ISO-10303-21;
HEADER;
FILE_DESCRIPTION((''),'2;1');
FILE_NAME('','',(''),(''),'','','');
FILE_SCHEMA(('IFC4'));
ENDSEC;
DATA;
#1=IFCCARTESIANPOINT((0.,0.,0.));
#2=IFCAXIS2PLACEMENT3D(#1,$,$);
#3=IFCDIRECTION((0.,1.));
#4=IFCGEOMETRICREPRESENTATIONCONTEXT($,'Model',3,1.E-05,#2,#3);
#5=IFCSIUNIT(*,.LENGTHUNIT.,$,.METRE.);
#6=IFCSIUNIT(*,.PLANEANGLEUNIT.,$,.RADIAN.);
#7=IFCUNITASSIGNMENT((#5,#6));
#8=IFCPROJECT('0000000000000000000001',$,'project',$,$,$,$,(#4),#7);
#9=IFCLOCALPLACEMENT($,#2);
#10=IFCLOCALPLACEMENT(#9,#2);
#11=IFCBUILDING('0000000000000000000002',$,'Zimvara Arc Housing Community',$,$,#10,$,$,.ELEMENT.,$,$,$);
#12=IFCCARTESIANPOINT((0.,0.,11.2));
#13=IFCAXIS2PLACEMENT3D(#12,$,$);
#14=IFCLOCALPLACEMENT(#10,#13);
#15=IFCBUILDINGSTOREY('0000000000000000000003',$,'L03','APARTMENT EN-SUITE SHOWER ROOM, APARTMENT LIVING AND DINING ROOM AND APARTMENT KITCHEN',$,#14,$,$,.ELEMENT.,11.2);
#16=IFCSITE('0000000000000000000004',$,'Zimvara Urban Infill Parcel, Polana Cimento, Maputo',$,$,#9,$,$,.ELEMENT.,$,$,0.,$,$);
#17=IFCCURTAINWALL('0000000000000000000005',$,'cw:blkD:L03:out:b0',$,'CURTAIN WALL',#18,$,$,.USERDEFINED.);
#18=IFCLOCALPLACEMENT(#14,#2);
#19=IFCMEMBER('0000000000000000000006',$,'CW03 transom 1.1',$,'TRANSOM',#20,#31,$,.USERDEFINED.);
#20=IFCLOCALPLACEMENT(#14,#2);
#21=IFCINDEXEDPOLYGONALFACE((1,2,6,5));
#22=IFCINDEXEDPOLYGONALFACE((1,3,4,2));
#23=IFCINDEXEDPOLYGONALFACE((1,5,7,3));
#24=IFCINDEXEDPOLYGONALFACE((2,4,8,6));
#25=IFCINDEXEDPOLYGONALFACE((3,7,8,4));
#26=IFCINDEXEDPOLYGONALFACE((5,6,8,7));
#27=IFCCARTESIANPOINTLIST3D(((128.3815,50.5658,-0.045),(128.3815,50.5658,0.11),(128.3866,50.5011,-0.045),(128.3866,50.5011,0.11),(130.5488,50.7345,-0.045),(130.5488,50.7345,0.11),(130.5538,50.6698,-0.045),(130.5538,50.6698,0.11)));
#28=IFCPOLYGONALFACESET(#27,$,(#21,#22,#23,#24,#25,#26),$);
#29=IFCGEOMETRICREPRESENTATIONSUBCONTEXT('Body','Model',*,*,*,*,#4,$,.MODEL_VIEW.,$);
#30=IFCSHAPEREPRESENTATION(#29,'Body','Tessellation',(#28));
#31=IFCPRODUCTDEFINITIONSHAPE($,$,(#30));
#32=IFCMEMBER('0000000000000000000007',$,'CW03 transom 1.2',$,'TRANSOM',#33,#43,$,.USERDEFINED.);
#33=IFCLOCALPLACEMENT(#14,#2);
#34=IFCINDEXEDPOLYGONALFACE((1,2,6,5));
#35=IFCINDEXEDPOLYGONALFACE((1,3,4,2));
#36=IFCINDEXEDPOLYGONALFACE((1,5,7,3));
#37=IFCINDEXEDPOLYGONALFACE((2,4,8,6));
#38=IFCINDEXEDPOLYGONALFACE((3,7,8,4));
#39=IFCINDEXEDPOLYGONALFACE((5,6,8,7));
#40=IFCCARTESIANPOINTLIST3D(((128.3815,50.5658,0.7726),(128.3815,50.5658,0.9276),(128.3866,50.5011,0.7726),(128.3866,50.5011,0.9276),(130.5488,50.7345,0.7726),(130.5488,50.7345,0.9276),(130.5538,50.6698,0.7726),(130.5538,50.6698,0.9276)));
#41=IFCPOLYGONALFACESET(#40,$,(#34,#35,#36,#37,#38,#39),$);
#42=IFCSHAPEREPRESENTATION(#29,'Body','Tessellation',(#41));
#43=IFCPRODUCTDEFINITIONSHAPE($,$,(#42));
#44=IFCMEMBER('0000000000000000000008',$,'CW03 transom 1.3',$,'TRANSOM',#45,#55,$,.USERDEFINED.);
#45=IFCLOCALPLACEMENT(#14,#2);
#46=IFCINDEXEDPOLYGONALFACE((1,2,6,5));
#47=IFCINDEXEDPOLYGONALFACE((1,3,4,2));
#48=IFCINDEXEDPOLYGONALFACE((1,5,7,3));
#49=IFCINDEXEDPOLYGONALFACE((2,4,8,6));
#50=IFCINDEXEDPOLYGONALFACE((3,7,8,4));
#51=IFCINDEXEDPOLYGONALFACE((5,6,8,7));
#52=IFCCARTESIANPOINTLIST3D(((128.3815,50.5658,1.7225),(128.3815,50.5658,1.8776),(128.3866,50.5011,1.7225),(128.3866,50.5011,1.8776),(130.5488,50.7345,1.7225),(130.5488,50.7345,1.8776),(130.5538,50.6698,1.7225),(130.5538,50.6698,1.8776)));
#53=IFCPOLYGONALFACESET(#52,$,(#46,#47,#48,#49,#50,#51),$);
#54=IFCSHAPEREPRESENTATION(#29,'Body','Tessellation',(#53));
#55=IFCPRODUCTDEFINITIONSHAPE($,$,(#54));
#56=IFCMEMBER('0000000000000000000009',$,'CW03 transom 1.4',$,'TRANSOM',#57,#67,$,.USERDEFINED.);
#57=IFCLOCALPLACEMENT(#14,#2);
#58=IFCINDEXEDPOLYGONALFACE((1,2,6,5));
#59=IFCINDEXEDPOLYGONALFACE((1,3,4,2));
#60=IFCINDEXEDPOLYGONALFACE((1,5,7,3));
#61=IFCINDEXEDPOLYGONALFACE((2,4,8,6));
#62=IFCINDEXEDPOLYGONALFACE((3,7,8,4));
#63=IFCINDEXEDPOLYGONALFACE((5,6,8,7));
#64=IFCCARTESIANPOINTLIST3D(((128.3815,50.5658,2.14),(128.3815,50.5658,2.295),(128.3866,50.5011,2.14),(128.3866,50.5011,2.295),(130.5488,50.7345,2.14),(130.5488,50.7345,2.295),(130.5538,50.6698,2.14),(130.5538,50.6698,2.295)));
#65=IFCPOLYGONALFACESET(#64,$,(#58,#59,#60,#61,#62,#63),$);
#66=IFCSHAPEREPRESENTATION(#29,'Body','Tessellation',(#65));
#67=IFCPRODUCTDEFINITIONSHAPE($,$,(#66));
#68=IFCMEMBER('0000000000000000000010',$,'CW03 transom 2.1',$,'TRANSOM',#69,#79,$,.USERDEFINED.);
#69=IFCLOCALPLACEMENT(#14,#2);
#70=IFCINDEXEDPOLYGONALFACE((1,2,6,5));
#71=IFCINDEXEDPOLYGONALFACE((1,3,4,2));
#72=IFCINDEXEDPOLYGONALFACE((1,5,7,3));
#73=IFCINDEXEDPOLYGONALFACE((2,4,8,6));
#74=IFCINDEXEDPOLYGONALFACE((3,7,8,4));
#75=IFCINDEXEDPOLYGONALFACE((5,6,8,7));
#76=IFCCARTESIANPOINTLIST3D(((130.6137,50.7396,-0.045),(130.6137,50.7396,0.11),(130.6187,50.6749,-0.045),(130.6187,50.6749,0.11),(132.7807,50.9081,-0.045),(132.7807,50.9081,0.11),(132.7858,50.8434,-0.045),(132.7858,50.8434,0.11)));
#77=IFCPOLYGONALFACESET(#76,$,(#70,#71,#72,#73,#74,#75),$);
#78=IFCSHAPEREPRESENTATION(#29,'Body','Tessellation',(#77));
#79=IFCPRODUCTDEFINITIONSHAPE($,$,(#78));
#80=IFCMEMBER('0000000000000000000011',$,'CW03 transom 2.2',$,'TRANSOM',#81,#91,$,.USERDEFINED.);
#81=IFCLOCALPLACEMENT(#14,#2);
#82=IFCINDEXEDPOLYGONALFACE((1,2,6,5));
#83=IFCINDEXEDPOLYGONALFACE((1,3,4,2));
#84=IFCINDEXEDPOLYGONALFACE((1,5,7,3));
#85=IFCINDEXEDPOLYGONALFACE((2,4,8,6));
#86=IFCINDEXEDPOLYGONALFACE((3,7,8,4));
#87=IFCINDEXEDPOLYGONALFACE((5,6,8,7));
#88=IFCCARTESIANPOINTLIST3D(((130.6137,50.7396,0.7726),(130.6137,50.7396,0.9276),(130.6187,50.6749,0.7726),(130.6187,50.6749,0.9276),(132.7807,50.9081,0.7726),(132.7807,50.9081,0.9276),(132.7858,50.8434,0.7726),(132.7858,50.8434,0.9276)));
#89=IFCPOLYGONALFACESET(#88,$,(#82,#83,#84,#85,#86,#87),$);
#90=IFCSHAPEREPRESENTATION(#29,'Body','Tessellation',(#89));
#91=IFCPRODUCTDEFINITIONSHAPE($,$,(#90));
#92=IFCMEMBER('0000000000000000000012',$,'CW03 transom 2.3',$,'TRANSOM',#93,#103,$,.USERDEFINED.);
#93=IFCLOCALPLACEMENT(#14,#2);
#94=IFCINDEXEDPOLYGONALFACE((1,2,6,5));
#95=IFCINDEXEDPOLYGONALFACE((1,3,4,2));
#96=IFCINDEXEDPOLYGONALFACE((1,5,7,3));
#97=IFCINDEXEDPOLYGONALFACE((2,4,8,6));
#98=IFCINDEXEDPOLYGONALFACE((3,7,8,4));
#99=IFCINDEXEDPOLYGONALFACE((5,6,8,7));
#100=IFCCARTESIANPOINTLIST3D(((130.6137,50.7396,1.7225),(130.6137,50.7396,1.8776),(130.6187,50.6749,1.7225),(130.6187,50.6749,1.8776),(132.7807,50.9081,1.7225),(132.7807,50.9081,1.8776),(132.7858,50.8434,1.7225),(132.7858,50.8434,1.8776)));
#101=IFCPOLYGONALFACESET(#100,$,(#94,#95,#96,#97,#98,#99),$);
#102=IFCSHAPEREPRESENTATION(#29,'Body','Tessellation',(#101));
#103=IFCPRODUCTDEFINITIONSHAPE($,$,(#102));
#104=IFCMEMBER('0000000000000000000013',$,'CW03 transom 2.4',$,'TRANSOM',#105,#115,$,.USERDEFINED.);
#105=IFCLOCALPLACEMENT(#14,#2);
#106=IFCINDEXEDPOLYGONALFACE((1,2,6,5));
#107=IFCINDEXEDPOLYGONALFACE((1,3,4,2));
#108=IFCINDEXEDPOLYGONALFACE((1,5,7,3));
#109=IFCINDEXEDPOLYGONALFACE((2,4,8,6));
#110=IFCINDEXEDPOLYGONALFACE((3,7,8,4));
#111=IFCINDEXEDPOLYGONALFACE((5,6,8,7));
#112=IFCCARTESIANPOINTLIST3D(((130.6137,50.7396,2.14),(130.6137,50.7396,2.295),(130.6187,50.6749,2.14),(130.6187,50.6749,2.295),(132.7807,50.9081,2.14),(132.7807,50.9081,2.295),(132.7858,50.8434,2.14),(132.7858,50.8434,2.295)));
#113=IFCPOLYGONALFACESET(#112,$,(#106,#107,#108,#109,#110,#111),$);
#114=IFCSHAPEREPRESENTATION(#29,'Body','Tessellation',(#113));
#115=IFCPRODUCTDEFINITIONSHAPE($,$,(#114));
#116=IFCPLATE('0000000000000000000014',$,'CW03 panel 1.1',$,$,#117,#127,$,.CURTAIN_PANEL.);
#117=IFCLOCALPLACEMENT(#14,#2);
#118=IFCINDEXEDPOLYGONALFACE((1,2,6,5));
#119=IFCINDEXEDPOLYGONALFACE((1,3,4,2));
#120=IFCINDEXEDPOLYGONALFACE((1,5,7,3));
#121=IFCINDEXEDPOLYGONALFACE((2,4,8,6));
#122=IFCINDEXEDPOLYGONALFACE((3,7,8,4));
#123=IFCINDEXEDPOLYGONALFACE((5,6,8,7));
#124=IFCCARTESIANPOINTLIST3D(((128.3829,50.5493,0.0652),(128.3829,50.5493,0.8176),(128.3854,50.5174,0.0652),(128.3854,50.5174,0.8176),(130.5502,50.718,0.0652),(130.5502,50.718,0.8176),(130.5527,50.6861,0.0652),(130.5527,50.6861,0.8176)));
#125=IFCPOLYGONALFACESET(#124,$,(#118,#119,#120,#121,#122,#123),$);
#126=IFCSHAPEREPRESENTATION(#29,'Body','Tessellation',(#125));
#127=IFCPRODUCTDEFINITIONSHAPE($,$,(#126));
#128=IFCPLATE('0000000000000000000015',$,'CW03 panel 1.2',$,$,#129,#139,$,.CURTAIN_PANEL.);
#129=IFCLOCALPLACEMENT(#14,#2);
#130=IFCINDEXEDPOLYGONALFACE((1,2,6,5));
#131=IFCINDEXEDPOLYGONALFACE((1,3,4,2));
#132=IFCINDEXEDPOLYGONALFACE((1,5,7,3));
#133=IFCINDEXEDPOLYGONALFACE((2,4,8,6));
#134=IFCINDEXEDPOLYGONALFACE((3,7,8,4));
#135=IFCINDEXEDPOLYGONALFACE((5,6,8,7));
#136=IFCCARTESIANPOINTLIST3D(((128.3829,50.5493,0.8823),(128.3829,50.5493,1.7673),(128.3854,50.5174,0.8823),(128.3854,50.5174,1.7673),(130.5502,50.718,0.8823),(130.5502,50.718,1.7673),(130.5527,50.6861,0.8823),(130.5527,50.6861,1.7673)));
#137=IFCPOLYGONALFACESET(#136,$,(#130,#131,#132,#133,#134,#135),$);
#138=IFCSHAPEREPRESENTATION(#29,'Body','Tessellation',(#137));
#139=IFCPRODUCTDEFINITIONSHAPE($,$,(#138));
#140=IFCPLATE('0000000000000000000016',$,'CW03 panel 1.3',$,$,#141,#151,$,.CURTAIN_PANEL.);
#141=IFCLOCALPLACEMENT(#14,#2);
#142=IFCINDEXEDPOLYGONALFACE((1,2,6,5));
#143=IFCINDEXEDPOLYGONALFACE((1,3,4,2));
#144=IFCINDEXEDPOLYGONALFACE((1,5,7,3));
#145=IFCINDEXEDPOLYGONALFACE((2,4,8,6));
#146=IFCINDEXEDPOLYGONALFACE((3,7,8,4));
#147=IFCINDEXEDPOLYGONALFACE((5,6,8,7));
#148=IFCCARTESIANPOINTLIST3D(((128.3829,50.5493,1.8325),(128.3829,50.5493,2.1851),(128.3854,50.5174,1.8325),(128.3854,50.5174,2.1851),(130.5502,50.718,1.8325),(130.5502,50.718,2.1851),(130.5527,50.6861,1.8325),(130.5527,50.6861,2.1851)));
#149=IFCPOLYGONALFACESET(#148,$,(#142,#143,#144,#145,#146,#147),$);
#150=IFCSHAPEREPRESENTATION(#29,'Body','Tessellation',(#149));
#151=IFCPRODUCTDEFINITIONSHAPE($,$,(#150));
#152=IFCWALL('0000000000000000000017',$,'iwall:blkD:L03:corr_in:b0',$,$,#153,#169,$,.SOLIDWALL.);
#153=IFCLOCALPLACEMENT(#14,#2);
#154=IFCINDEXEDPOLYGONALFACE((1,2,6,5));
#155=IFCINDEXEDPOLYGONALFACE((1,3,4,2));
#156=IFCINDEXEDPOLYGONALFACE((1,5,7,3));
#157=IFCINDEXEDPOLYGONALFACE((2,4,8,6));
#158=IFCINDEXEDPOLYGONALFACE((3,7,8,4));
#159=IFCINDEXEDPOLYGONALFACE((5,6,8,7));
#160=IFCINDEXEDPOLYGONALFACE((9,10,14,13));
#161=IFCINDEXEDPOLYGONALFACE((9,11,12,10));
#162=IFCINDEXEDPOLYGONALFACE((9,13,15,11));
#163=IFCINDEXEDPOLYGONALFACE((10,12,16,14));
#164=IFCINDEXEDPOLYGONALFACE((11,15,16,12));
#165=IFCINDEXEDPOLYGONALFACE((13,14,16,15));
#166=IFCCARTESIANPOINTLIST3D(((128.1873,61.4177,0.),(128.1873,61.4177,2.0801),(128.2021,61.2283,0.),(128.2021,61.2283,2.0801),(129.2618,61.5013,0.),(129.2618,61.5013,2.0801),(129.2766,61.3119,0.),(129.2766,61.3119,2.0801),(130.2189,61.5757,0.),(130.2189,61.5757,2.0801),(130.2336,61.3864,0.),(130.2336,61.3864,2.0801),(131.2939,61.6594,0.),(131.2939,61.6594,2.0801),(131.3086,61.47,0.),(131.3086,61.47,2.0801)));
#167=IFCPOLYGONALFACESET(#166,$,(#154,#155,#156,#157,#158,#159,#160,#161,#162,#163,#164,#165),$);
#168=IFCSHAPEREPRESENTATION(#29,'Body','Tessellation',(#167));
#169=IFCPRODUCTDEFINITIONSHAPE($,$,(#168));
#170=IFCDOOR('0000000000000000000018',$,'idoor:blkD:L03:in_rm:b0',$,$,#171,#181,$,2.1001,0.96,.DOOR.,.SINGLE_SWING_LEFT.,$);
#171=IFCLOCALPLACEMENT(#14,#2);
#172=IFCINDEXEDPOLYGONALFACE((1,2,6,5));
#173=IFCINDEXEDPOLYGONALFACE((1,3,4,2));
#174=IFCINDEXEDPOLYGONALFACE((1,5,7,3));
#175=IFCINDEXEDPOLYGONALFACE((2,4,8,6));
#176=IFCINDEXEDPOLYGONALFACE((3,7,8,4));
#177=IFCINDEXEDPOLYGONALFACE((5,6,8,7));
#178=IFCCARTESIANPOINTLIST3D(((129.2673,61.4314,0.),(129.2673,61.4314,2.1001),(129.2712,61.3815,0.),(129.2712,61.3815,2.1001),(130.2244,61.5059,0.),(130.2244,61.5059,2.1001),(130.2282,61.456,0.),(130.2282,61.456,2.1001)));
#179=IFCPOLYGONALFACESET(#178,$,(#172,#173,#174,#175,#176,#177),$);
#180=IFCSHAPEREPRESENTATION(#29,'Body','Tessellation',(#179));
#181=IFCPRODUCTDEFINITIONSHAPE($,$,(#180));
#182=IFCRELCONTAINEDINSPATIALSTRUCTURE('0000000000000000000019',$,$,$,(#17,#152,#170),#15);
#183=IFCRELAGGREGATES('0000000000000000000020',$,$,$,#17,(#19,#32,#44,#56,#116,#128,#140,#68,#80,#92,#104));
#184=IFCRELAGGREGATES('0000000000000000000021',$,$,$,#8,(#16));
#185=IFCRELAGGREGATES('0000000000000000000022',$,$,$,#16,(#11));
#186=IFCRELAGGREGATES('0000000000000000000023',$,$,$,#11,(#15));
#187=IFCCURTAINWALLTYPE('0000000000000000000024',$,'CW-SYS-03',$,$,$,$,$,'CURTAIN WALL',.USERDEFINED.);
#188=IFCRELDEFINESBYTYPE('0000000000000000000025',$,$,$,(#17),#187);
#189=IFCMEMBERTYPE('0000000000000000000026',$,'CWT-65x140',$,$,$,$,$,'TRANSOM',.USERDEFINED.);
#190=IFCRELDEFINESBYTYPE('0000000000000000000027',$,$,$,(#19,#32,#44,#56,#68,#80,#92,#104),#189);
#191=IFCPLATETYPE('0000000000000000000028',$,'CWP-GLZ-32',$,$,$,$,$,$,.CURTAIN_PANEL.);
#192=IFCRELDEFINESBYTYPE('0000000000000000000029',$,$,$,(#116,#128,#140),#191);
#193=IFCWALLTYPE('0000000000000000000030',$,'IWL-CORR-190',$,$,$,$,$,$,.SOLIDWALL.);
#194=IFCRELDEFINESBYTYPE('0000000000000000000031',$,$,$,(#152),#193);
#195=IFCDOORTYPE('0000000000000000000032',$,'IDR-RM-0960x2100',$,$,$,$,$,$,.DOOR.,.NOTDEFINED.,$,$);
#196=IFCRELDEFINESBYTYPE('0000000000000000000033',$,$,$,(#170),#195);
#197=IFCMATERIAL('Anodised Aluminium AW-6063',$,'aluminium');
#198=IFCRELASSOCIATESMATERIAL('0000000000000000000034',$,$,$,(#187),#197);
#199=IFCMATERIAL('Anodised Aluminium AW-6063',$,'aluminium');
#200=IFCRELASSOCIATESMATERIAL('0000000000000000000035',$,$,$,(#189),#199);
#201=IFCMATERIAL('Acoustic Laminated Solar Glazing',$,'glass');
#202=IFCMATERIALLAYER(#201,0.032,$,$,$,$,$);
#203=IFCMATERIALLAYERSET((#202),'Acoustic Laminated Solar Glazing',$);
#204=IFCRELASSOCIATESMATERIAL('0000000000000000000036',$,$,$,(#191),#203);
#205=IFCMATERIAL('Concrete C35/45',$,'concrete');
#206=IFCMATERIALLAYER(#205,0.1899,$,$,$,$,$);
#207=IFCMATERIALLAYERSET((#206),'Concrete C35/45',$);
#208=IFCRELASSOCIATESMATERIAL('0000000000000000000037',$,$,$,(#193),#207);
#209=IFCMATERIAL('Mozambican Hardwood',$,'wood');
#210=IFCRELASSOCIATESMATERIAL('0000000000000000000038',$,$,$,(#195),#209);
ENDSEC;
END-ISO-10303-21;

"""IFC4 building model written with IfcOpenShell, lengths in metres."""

from ifc_helpers import new_model, si_unit, direction, frame, frame_2d, origin, origin_2d, place, context, subcontext, project, spatial, rectangle, extrude, material, layer, layer_set, material_profile, profile_set, type_object, element, fill, aggregate, save


model = new_model("IFC4")

# Units and contexts
model_context = context("Model", 3, precision=1e-05, world=origin(), true_north=direction((0.0, 1.0)))
body_context = subcontext(model_context, "Body", "Model", "MODEL_VIEW")
ifc_project = project(units=[si_unit("LENGTHUNIT", "METRE"), si_unit("PLANEANGLEUNIT", "RADIAN")], contexts=[model_context])

# Site, building, storey
site_placement = place(None, origin())
site = spatial("IfcSite", under=ifc_project, at=site_placement, Name="Zimvara Urban Infill Parcel, Polana Cimento, Maputo", CompositionType="ELEMENT", RefElevation=0.0)
building_placement = place(site_placement, origin())
building = spatial("IfcBuilding", under=site, at=building_placement, Name="Zimvara Arc Housing Community", CompositionType="ELEMENT")
storey_placement = place(building_placement, frame((0.0, 0.0, 11.2)))
storey = spatial("IfcBuildingStorey", under=building, at=storey_placement, Name="L03", Description="APARTMENT EN-SUITE SHOWER ROOM, APARTMENT LIVING AND DINING ROOM AND APARTMENT KITCHEN", CompositionType="ELEMENT", Elevation=11.2)

# Curtain wall, members, plates
ifc_material_1 = material(Name="Anodised Aluminium AW-6063", Category="aluminium")
curtain_wall_type = type_object("IfcCurtainWallType", Name="CW-SYS-03", ElementType="CURTAIN WALL", PredefinedType="USERDEFINED", material=ifc_material_1)
curtain_wall_placement = place(storey_placement, origin())
curtain_wall = element("IfcCurtainWall", 1, at=curtain_wall_placement, inside=storey, type_object=curtain_wall_type, Name="cw:blkD:L03:out:b0", ObjectType="CURTAIN WALL", PredefinedType="USERDEFINED")
ifc_material_2 = material(Name="Anodised Aluminium AW-6063", Category="aluminium")
ifc_material_profile_1 = material_profile(ifc_material_2, rectangle(XDim=0.0649, YDim=0.155, at=origin_2d()), Name="ALU 65x155")
ifc_profile_set_1 = profile_set([ifc_material_profile_1], Name="Anodised Aluminium AW-6063")
member_type_1 = type_object("IfcMemberType", Name="CWT-65x140", ElementType="TRANSOM", PredefinedType="USERDEFINED", material=ifc_profile_set_1)
member_1_placement = place(storey_placement, frame((128.384, 50.5334, 0.0325), z_axis=(0.996984, 0.077607, 0.0), x_axis=(-0.077607, 0.996984, 0.0)))
member_1 = element("IfcMember", 2, at=member_1_placement, type_object=member_type_1, Name="CW03 transom 1.1", ObjectType="TRANSOM", PredefinedType="USERDEFINED", context=body_context, shape_type="SweptSolid", body=[
    extrude(rectangle(XDim=0.0649, YDim=0.155, at=origin_2d()), origin(), (0.0, 0.0, 1.0), 2.1738),
])
member_2_placement = place(storey_placement, frame((128.384, 50.5334, 0.8501), z_axis=(0.996984, 0.077607, 0.0), x_axis=(-0.077607, 0.996984, 0.0)))
member_2 = element("IfcMember", 3, at=member_2_placement, type_object=member_type_1, Name="CW03 transom 1.2", ObjectType="TRANSOM", PredefinedType="USERDEFINED", context=body_context, shape_type="SweptSolid", body=[
    extrude(rectangle(XDim=0.0649, YDim=0.155, at=origin_2d()), origin(), (0.0, 0.0, 1.0), 2.1738),
])
member_3_placement = place(storey_placement, frame((128.384, 50.5334, 1.8), z_axis=(0.996984, 0.077607, 0.0), x_axis=(-0.077607, 0.996984, 0.0)))
member_3 = element("IfcMember", 4, at=member_3_placement, type_object=member_type_1, Name="CW03 transom 1.3", ObjectType="TRANSOM", PredefinedType="USERDEFINED", context=body_context, shape_type="SweptSolid", body=[
    extrude(rectangle(XDim=0.0649, YDim=0.155, at=origin_2d()), origin(), (0.0, 0.0, 1.0), 2.1738),
])
member_4_placement = place(storey_placement, frame((128.384, 50.5334, 2.2175), z_axis=(0.996984, 0.077607, 0.0), x_axis=(-0.077607, 0.996984, 0.0)))
member_4 = element("IfcMember", 5, at=member_4_placement, type_object=member_type_1, Name="CW03 transom 1.4", ObjectType="TRANSOM", PredefinedType="USERDEFINED", context=body_context, shape_type="SweptSolid", body=[
    extrude(rectangle(XDim=0.0649, YDim=0.155, at=origin_2d()), origin(), (0.0, 0.0, 1.0), 2.1738),
])
member_5_placement = place(storey_placement, frame((130.6162, 50.7073, 0.0325), z_axis=(0.996992, 0.077504, 0.0), x_axis=(-0.077504, 0.996992, 0.0)))
member_5 = element("IfcMember", 6, at=member_5_placement, type_object=member_type_1, Name="CW03 transom 2.1", ObjectType="TRANSOM", PredefinedType="USERDEFINED", context=body_context, shape_type="SweptSolid", body=[
    extrude(rectangle(XDim=0.0649, YDim=0.155, at=origin_2d()), origin(), (0.0, 0.0, 1.0), 2.1736),
])
member_6_placement = place(storey_placement, frame((130.6162, 50.7073, 0.8501), z_axis=(0.996992, 0.077504, 0.0), x_axis=(-0.077504, 0.996992, 0.0)))
member_6 = element("IfcMember", 7, at=member_6_placement, type_object=member_type_1, Name="CW03 transom 2.2", ObjectType="TRANSOM", PredefinedType="USERDEFINED", context=body_context, shape_type="SweptSolid", body=[
    extrude(rectangle(XDim=0.0649, YDim=0.155, at=origin_2d()), origin(), (0.0, 0.0, 1.0), 2.1736),
])
member_7_placement = place(storey_placement, frame((130.6162, 50.7073, 1.8), z_axis=(0.996992, 0.077504, 0.0), x_axis=(-0.077504, 0.996992, 0.0)))
member_7 = element("IfcMember", 8, at=member_7_placement, type_object=member_type_1, Name="CW03 transom 2.3", ObjectType="TRANSOM", PredefinedType="USERDEFINED", context=body_context, shape_type="SweptSolid", body=[
    extrude(rectangle(XDim=0.0649, YDim=0.155, at=origin_2d()), origin(), (0.0, 0.0, 1.0), 2.1736),
])
member_8_placement = place(storey_placement, frame((130.6162, 50.7073, 2.2175), z_axis=(0.996992, 0.077504, 0.0), x_axis=(-0.077504, 0.996992, 0.0)))
member_8 = element("IfcMember", 9, at=member_8_placement, type_object=member_type_1, Name="CW03 transom 2.4", ObjectType="TRANSOM", PredefinedType="USERDEFINED", context=body_context, shape_type="SweptSolid", body=[
    extrude(rectangle(XDim=0.0649, YDim=0.155, at=origin_2d()), origin(), (0.0, 0.0, 1.0), 2.1736),
])
ifc_material_3 = material(Name="Acoustic Laminated Solar Glazing", Category="glass")
ifc_layer_1 = layer(ifc_material_3, 0.032)
ifc_layer_set_1 = layer_set([ifc_layer_1], Name="Acoustic Laminated Solar Glazing")
plate_type = type_object("IfcPlateType", Name="CWP-GLZ-32", PredefinedType="CURTAIN_PANEL", material=ifc_layer_set_1)
plate_1_placement = place(storey_placement, frame((129.4678, 50.6177, 0.0652), z_axis=(0.0, 0.0, 1.0), x_axis=(0.996985, 0.07759, 0.0)))
plate_1 = element("IfcPlate", 10, at=plate_1_placement, type_object=plate_type, Name="CW03 panel 1.1", PredefinedType="CURTAIN_PANEL", context=body_context, shape_type="SweptSolid", body=[
    extrude(rectangle(XDim=2.1738, YDim=0.032, at=origin_2d()), origin(), (0.0, 0.0, 1.0), 0.7524),
])
plate_2_placement = place(storey_placement, frame((129.4678, 50.6177, 0.8823), z_axis=(0.0, 0.0, 1.0), x_axis=(0.996985, 0.07759, 0.0)))
plate_2 = element("IfcPlate", 11, at=plate_2_placement, type_object=plate_type, Name="CW03 panel 1.2", PredefinedType="CURTAIN_PANEL", context=body_context, shape_type="SweptSolid", body=[
    extrude(rectangle(XDim=2.1738, YDim=0.032, at=origin_2d()), origin(), (0.0, 0.0, 1.0), 0.885),
])
plate_3_placement = place(storey_placement, frame((129.4678, 50.6177, 1.8325), z_axis=(0.0, 0.0, 1.0), x_axis=(0.996985, 0.07759, 0.0)))
plate_3 = element("IfcPlate", 12, at=plate_3_placement, type_object=plate_type, Name="CW03 panel 1.3", PredefinedType="CURTAIN_PANEL", context=body_context, shape_type="SweptSolid", body=[
    extrude(rectangle(XDim=2.1738, YDim=0.032, at=origin_2d()), origin(), (0.0, 0.0, 1.0), 0.3525),
])
aggregate(curtain_wall, [member_1, member_2, member_3, member_4, plate_1, plate_2, plate_3, member_5, member_6, member_7, member_8])

# Wall, opening, door
ifc_material_4 = material(Name="Concrete C35/45", Category="concrete")
ifc_layer_2 = layer(ifc_material_4, 0.1899)
ifc_layer_set_2 = layer_set([ifc_layer_2], Name="Concrete C35/45")
wall_type_1 = type_object("IfcWallType", Name="IWL-CORR-190", PredefinedType="SOLIDWALL", material=ifc_layer_set_2)
wall_1_placement = place(storey_placement, frame((128.1946, 61.323, 0.0), z_axis=(0.0, 0.0, 1.0), x_axis=(0.996987, 0.077565, 0.0)))
wall_1 = element("IfcWall", 13, at=wall_1_placement, inside=storey, type_object=wall_type_1, Name="iwall:blkD:L03:corr_in:b0", PredefinedType="SOLIDWALL", context=body_context, shape_type="SweptSolid", body=[
    extrude(rectangle(XDim=3.116, YDim=0.1899, at=frame_2d((1.5581, 0.0))), origin(), (0.0, 0.0, 1.0), 2.0801),
])
opening_1_placement = place(wall_1_placement, frame((1.0779, 0.0, 0.0)))
opening_1 = element("IfcOpeningElement", 14, at=opening_1_placement, cuts=wall_1, PredefinedType="OPENING", context=body_context, shape_type="SweptSolid", body=[
    extrude(rectangle(XDim=0.96, YDim=2.1001, at=frame_2d((0.48, 1.05))), frame((0.0, 0.105, 0.0), z_axis=(0.0, -1.0, 0.0), x_axis=(1.0, 0.0, 0.0)), (0.0, 0.0, 1.0), 0.21),
])
ifc_material_5 = material(Name="Mozambican Hardwood", Category="wood")
door_type_1 = type_object("IfcDoorType", Name="IDR-RM-0960x2100", OperationType="NOTDEFINED", PredefinedType="DOOR", material=ifc_material_5)
door_1_placement = place(opening_1_placement, origin())
door_1 = element("IfcDoor", 15, at=door_1_placement, inside=storey, type_object=door_type_1, Name="idoor:blkD:L03:in_rm:b0", OperationType="SINGLE_SWING_LEFT", OverallHeight=2.1001, OverallWidth=0.96, PredefinedType="DOOR", context=body_context, shape_type="SweptSolid", body=[
    extrude(rectangle(XDim=0.96, YDim=2.1001, at=frame_2d((0.48, 1.05))), frame((0.0, 0.0249, 0.0), z_axis=(0.0, -1.0, 0.0), x_axis=(1.0, 0.0, 0.0)), (0.0, 0.0, 1.0), 0.05),
])
fill(opening_1, door_1)

save(model, "model.ifc")
